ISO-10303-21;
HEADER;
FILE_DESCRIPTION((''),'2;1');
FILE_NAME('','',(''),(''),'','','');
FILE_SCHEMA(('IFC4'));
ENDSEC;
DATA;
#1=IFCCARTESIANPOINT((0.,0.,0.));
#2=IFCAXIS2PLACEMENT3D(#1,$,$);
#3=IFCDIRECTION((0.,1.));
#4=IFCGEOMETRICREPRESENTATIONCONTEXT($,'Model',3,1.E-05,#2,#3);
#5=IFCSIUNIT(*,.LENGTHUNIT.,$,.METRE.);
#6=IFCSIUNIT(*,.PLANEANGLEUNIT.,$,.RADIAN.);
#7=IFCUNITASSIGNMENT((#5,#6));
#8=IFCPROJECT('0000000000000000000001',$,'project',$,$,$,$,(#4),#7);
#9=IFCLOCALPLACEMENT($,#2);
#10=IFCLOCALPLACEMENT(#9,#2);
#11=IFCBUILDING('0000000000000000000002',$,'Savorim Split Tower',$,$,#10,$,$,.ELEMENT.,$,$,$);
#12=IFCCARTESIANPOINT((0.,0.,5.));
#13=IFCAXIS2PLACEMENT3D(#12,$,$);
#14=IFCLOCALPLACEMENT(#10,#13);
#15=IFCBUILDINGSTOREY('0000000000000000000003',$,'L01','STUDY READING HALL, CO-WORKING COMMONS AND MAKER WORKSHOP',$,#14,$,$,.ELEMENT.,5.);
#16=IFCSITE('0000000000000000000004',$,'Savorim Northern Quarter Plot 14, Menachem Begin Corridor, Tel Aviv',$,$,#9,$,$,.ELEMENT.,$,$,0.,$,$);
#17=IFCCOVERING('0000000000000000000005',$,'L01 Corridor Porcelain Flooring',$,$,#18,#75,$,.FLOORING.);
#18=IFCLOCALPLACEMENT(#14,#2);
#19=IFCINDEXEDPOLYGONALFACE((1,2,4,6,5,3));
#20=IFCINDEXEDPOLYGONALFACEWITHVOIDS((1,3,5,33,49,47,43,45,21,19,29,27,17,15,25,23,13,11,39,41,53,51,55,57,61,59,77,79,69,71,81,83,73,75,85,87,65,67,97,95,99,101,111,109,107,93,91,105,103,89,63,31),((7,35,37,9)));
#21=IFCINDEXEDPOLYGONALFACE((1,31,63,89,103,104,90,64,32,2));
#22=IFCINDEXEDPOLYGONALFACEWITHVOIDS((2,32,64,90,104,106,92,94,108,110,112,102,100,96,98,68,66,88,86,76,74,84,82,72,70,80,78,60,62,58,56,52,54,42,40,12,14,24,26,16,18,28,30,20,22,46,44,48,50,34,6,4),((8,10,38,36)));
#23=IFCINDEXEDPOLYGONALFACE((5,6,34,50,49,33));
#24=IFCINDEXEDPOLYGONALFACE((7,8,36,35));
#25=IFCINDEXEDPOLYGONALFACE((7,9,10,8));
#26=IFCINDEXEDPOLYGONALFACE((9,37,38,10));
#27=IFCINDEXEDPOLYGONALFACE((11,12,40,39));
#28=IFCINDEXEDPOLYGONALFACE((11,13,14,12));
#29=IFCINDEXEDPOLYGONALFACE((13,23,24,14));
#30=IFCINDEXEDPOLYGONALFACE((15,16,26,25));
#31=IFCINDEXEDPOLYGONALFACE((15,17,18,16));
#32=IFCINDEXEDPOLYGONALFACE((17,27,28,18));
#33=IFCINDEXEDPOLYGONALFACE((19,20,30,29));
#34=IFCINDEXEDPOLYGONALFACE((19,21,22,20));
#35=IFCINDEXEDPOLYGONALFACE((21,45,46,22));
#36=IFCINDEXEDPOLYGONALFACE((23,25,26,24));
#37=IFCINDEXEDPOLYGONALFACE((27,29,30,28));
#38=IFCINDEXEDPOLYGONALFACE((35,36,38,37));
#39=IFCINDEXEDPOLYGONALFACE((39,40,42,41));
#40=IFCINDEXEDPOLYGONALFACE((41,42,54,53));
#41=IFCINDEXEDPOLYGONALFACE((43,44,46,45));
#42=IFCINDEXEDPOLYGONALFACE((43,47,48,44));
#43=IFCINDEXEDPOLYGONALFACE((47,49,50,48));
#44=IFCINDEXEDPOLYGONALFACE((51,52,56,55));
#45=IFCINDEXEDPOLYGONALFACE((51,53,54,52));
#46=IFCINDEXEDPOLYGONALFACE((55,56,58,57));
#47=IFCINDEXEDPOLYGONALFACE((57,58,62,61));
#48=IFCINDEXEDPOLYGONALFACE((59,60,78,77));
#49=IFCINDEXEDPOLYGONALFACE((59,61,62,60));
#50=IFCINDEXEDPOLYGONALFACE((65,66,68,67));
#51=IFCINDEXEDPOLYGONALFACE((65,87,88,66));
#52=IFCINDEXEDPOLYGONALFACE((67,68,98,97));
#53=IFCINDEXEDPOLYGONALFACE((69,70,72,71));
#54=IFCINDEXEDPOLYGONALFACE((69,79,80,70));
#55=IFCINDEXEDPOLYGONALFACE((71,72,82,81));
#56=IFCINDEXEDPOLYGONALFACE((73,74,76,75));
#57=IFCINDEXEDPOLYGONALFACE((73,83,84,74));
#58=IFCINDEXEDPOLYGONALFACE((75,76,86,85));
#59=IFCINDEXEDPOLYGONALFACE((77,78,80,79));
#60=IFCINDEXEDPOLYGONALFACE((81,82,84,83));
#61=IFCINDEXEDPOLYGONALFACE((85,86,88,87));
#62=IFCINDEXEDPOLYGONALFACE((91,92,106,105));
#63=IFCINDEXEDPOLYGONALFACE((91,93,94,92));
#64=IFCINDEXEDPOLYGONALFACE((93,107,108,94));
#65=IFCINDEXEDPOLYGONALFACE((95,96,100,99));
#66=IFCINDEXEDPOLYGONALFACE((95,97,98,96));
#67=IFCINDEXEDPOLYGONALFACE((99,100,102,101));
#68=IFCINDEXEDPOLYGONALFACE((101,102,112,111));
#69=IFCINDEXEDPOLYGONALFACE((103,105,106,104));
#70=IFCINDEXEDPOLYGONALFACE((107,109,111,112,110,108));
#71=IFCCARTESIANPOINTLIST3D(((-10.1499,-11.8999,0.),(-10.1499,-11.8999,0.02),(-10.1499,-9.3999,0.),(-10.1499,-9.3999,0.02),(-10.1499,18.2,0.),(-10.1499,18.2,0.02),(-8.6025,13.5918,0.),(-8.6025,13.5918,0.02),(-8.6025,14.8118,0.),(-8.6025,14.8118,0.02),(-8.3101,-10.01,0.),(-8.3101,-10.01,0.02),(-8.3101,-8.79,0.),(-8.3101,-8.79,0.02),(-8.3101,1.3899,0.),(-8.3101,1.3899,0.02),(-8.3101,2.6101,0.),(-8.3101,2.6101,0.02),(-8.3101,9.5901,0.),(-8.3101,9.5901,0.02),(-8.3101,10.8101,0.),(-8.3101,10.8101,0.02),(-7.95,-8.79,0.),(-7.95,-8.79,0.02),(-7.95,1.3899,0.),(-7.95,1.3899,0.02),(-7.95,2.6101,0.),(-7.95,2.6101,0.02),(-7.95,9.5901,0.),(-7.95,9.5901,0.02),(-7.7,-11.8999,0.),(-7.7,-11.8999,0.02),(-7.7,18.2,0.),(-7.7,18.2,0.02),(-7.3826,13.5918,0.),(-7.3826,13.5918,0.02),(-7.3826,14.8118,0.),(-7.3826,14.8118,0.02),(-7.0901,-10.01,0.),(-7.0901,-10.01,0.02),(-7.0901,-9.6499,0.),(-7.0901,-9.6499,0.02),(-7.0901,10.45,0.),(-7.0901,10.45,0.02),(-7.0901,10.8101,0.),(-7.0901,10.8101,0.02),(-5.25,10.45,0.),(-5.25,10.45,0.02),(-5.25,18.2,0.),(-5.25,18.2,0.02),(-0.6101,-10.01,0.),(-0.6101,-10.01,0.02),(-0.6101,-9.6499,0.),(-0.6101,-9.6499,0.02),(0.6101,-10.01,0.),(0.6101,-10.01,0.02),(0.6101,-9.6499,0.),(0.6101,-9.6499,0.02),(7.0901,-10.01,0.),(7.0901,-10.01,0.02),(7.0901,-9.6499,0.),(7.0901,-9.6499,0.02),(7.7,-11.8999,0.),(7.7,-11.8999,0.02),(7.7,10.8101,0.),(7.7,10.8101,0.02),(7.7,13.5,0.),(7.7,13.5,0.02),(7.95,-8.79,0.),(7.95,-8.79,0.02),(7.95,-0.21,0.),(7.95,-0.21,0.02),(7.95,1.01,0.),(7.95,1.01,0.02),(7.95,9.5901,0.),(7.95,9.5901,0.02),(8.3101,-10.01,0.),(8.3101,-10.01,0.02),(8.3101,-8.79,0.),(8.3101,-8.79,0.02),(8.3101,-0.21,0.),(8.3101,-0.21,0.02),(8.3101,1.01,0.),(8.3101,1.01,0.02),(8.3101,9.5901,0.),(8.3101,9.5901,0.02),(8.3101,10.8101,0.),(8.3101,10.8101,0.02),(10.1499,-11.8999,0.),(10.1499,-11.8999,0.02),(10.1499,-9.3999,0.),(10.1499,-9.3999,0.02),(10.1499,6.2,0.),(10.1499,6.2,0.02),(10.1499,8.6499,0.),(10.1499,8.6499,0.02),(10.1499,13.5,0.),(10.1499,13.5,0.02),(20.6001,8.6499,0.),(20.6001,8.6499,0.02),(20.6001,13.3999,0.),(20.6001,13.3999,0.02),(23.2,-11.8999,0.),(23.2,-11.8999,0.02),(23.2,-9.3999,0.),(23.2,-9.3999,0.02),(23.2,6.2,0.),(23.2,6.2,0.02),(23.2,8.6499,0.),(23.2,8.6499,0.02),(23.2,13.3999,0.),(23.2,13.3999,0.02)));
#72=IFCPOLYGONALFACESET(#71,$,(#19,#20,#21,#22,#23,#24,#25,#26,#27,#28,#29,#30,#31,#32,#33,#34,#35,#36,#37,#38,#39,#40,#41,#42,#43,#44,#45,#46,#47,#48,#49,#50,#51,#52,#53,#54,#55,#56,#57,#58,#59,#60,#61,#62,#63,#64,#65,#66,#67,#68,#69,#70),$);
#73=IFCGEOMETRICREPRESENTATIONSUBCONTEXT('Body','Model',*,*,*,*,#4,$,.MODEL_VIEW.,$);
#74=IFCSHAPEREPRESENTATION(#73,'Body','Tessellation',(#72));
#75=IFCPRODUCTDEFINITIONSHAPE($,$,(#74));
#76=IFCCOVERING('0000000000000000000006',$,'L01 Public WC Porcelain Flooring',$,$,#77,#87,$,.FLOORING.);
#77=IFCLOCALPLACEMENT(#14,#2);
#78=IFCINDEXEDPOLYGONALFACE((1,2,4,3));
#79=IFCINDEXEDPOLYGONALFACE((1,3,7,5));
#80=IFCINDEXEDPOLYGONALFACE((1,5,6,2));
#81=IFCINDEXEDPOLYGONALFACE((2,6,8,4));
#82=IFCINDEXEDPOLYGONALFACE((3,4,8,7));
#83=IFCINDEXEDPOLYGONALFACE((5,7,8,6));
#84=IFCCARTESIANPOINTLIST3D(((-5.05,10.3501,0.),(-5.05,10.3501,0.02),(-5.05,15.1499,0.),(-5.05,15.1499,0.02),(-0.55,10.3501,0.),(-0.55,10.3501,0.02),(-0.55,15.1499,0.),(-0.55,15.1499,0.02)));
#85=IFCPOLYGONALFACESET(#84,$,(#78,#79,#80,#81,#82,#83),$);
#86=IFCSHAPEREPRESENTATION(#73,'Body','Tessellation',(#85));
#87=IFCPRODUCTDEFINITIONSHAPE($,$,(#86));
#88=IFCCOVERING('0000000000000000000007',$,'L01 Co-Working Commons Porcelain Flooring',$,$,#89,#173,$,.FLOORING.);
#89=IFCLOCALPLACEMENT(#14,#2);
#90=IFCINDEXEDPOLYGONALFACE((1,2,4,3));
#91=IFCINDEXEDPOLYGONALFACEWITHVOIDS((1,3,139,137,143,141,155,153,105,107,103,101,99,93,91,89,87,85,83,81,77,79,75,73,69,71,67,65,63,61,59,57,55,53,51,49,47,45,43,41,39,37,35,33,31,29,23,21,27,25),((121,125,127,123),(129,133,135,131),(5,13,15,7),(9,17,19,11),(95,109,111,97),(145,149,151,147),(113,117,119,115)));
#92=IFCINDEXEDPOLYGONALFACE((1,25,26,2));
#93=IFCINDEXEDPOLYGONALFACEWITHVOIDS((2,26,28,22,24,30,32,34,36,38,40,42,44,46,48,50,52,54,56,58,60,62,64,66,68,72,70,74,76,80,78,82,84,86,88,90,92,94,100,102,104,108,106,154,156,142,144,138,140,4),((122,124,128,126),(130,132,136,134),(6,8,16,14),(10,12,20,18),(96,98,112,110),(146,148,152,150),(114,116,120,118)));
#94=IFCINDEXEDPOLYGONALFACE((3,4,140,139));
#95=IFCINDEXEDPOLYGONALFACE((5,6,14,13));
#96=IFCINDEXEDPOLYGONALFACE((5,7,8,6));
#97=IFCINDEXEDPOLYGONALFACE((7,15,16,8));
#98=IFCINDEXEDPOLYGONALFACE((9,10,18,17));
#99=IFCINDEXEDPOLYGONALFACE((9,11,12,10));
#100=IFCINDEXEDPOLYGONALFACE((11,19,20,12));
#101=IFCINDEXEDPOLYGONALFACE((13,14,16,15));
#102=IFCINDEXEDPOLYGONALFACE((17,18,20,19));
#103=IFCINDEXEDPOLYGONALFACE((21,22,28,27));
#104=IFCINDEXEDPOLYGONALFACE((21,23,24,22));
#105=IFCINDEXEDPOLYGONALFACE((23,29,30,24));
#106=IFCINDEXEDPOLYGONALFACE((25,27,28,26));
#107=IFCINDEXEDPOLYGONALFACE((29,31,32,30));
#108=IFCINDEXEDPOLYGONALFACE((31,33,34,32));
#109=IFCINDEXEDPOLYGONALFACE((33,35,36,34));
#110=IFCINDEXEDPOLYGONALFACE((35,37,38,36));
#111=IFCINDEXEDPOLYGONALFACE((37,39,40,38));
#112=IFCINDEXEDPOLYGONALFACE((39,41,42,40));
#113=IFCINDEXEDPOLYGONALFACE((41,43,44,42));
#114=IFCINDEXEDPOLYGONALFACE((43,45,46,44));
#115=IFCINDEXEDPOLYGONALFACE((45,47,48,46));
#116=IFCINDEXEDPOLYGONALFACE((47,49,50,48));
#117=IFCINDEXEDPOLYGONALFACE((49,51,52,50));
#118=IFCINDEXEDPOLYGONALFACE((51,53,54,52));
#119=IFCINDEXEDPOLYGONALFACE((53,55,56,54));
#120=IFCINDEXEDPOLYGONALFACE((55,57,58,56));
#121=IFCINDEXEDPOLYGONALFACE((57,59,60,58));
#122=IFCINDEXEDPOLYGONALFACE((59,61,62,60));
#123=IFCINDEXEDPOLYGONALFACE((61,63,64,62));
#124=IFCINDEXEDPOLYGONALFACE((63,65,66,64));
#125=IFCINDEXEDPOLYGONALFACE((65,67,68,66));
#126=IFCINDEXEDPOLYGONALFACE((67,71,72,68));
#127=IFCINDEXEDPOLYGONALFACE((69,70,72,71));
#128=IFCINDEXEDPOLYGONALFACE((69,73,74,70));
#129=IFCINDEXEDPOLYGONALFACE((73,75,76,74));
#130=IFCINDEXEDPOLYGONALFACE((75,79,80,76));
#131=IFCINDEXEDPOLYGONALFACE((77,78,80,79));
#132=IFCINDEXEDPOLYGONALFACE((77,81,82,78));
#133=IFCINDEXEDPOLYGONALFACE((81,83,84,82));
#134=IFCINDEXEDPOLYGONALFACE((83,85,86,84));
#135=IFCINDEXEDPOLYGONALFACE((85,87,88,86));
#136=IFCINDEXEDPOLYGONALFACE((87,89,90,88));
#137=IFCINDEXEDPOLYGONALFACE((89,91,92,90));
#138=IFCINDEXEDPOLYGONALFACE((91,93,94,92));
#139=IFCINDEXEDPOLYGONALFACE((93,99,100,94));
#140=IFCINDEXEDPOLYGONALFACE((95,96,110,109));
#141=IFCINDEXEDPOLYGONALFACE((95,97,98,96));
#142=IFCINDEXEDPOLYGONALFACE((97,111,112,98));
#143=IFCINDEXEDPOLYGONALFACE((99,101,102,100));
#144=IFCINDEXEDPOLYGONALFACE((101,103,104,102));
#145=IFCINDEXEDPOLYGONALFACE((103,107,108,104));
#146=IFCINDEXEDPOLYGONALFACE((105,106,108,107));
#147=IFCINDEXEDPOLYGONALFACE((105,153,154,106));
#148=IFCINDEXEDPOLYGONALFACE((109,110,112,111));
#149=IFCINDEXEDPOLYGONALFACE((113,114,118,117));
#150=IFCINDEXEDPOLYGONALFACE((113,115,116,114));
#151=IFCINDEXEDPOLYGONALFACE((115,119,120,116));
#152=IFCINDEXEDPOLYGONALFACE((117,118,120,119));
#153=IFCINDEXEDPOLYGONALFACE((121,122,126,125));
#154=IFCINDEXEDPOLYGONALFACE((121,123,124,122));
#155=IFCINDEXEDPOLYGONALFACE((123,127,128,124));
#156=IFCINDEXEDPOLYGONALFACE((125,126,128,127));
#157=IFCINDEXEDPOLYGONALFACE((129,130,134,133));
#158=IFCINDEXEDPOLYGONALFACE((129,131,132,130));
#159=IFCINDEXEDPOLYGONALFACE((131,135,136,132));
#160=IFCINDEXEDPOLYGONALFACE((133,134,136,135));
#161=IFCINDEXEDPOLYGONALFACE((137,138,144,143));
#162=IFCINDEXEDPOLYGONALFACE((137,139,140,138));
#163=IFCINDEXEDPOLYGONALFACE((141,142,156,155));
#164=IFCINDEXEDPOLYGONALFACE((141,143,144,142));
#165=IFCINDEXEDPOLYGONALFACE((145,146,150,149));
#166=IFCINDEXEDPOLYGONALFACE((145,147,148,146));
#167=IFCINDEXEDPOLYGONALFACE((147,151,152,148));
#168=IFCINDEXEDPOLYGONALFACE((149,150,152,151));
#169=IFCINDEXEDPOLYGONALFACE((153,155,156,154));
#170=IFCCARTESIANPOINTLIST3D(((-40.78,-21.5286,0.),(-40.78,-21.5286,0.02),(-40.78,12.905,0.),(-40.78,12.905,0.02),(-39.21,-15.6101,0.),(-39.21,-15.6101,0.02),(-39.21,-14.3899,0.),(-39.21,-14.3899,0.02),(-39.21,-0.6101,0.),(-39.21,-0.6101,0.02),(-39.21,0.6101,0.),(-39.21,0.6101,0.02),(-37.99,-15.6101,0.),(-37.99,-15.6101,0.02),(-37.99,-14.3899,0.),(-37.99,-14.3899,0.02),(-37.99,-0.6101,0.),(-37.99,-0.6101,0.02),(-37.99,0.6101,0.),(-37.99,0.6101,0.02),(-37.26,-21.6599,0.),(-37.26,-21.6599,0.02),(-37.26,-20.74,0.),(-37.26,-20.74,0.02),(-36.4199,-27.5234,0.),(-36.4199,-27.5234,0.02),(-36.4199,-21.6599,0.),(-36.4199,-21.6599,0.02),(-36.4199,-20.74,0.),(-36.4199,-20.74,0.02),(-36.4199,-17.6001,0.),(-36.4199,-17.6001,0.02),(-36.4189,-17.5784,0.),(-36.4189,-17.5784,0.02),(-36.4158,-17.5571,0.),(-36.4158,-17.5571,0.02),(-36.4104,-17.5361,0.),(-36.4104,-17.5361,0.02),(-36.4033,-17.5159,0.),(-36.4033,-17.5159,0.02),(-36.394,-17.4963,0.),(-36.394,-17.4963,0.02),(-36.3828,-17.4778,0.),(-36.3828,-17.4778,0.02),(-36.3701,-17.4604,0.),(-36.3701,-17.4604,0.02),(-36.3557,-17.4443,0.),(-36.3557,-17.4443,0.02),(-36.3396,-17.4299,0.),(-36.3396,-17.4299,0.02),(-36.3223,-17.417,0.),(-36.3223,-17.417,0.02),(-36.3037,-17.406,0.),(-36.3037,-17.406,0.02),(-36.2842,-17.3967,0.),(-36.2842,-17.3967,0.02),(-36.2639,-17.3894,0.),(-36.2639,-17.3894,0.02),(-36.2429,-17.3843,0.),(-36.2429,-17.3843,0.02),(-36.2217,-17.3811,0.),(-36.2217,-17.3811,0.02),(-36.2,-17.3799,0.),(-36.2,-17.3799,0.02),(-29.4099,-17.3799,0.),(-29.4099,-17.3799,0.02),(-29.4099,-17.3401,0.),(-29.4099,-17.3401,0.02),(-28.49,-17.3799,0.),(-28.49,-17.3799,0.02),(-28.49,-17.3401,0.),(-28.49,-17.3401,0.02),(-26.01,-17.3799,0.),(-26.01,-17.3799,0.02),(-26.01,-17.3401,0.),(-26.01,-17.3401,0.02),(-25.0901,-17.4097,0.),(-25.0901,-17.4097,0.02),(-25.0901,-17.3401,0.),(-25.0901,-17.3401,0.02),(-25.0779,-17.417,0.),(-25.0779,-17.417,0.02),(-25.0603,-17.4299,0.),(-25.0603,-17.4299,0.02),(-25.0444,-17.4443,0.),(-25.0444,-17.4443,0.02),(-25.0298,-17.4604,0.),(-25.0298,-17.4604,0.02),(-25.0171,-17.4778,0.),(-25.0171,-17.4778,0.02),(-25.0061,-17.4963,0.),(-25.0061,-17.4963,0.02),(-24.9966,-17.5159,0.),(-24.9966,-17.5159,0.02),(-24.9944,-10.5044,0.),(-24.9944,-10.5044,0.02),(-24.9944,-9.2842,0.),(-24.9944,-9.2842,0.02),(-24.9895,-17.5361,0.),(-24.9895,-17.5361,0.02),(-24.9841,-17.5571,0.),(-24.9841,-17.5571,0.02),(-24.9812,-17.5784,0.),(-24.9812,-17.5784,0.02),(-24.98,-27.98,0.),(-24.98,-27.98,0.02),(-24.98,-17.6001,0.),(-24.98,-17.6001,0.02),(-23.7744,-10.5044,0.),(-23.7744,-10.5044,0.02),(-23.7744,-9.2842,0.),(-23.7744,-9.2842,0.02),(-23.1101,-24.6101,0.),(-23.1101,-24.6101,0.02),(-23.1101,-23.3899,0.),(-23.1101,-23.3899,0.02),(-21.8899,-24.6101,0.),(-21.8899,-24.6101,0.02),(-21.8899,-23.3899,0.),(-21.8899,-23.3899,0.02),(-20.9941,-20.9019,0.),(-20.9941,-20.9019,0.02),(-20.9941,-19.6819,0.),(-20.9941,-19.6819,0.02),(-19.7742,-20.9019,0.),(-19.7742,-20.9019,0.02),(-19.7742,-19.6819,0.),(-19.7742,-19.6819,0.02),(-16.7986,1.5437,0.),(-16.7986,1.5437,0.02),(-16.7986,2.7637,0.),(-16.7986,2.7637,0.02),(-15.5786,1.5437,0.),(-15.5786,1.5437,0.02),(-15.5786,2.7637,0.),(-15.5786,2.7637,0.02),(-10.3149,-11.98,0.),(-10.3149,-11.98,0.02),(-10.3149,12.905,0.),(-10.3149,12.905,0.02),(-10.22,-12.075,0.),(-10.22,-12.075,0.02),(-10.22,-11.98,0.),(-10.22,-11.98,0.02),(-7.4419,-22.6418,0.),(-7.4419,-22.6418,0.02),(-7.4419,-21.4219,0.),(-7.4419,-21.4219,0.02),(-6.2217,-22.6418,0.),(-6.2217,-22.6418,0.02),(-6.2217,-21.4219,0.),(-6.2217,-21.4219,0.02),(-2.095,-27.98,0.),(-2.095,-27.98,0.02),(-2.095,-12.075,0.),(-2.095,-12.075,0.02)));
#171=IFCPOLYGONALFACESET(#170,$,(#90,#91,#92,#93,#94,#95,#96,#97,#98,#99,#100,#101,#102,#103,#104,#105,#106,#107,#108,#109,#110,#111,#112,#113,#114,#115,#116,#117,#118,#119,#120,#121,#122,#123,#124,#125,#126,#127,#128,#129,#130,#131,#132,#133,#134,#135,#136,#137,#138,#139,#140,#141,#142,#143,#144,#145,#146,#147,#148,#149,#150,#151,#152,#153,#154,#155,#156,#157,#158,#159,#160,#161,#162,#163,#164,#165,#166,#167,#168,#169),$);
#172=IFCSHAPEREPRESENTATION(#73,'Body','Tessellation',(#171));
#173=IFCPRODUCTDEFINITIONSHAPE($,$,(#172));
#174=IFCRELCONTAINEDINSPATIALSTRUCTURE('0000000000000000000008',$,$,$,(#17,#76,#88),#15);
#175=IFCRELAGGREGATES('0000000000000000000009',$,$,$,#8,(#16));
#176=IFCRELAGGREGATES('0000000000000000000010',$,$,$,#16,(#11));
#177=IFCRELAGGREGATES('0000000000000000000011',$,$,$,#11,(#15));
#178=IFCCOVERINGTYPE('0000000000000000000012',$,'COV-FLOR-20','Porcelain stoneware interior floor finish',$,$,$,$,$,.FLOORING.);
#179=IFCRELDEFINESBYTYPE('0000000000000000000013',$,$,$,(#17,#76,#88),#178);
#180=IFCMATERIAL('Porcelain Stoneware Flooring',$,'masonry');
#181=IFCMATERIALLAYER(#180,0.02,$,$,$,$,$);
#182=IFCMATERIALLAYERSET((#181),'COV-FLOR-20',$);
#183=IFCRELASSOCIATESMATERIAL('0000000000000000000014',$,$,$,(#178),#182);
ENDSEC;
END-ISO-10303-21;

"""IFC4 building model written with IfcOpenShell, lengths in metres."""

from ifc_helpers import new_model, si_unit, direction, frame, origin, place, context, subcontext, project, spatial, polyline, outline, extrude, material, layer, layer_set, type_object, element, save


model = new_model("IFC4")

# Units and contexts
model_context = context("Model", 3, precision=1e-05, world=origin(), true_north=direction((0.0, 1.0)))
body_context = subcontext(model_context, "Body", "Model", "MODEL_VIEW")
ifc_project = project(units=[si_unit("LENGTHUNIT", "METRE"), si_unit("PLANEANGLEUNIT", "RADIAN")], contexts=[model_context])

# Site, building, storey
site_placement = place(None, origin())
site = spatial("IfcSite", under=ifc_project, at=site_placement, Name="Savorim Northern Quarter Plot 14, Menachem Begin Corridor, Tel Aviv", CompositionType="ELEMENT", RefElevation=0.0)
building_placement = place(site_placement, origin())
building = spatial("IfcBuilding", under=site, at=building_placement, Name="Savorim Split Tower", CompositionType="ELEMENT")
storey_placement = place(building_placement, frame((0.0, 0.0, 5.0)))
storey = spatial("IfcBuildingStorey", under=building, at=storey_placement, Name="L01", Description="STUDY READING HALL, CO-WORKING COMMONS AND MAKER WORKSHOP", CompositionType="ELEMENT", Elevation=5.0)

# Coverings
ifc_material_1 = material(Name="Porcelain Stoneware Flooring", Category="masonry")
ifc_layer_1 = layer(ifc_material_1, 0.02)
ifc_layer_set_1 = layer_set([ifc_layer_1], Name="COV-FLOR-20")
covering_type_1 = type_object("IfcCoveringType", Name="COV-FLOR-20", Description="Porcelain stoneware interior floor finish", PredefinedType="FLOORING", material=ifc_layer_set_1)
covering_1_placement = place(storey_placement, origin())
element("IfcCovering", 1, at=covering_1_placement, inside=storey, type_object=covering_type_1, Name="L01 Corridor Porcelain Flooring", PredefinedType="FLOORING", context=body_context, shape_type="SweptSolid", body=[
    extrude(outline(polyline([(-7.7, 18.2), (-10.1499, 18.2), (-10.1499, -9.3999), (-10.1499, -11.8999), (-7.7, -11.8999), (7.7, -11.8999), (10.1499, -11.8999), (23.2, -11.8999), (23.2, -9.3999), (10.1499, -9.3999), (10.1499, 6.2), (23.2, 6.2), (23.2, 8.6499), (23.2, 13.3999), (20.6001, 13.3999), (20.6001, 8.6499), (10.1499, 8.6499), (10.1499, 13.5), (7.7, 13.5), (7.7, 10.8101), (8.3101, 10.8101), (8.3101, 9.5901), (7.95, 9.5901), (7.95, 1.01), (8.3101, 1.01), (8.3101, -0.21), (7.95, -0.21), (7.95, -8.79), (8.3101, -8.79), (8.3101, -10.01), (7.0901, -10.01), (7.0901, -9.6499), (0.6101, -9.6499), (0.6101, -10.01), (-0.6101, -10.01), (-0.6101, -9.6499), (-7.0901, -9.6499), (-7.0901, -10.01), (-8.3101, -10.01), (-8.3101, -8.79), (-7.95, -8.79), (-7.95, 1.3899), (-8.3101, 1.3899), (-8.3101, 2.6101), (-7.95, 2.6101), (-7.95, 9.5901), (-8.3101, 9.5901), (-8.3101, 10.8101), (-7.0901, 10.8101), (-7.0901, 10.45), (-5.25, 10.45), (-5.25, 18.2), (-7.7, 18.2)]), holes=[polyline([(-8.6025, 13.5918), (-7.3826, 13.5918), (-7.3826, 14.8118), (-8.6025, 14.8118), (-8.6025, 13.5918)])]), origin(), (0.0, 0.0, 1.0), 0.02),
])
covering_2_placement = place(storey_placement, origin())
element("IfcCovering", 2, at=covering_2_placement, inside=storey, type_object=covering_type_1, Name="L01 Public WC Porcelain Flooring", PredefinedType="FLOORING", context=body_context, shape_type="SweptSolid", body=[
    extrude(outline(polyline([(-5.05, 15.1499), (-5.05, 10.3501), (-0.55, 10.3501), (-0.55, 15.1499), (-5.05, 15.1499)])), origin(), (0.0, 0.0, 1.0), 0.02),
])
covering_3_placement = place(storey_placement, origin())
element("IfcCovering", 3, at=covering_3_placement, inside=storey, type_object=covering_type_1, Name="L01 Co-Working Commons Porcelain Flooring", PredefinedType="FLOORING", context=body_context, shape_type="SweptSolid", body=[
    extrude(outline(polyline([(-10.3149, 12.905), (-40.78, 12.905), (-40.78, -21.5286), (-36.4199, -27.5234), (-36.4199, -21.6599), (-37.26, -21.6599), (-37.26, -20.74), (-36.4199, -20.74), (-36.4199, -17.6001), (-36.4189, -17.5784), (-36.4158, -17.5571), (-36.4104, -17.5361), (-36.4033, -17.5159), (-36.394, -17.4963), (-36.3828, -17.4778), (-36.3701, -17.4604), (-36.3557, -17.4443), (-36.3396, -17.4299), (-36.3223, -17.417), (-36.3037, -17.406), (-36.2842, -17.3967), (-36.2639, -17.3894), (-36.2429, -17.3843), (-36.2217, -17.3811), (-36.2, -17.3799), (-29.4099, -17.3799), (-29.4099, -17.3401), (-28.49, -17.3401), (-28.49, -17.3799), (-26.01, -17.3799), (-26.01, -17.3401), (-25.0901, -17.3401), (-25.0901, -17.4097), (-25.0779, -17.417), (-25.0603, -17.4299), (-25.0444, -17.4443), (-25.0298, -17.4604), (-25.0171, -17.4778), (-25.0061, -17.4963), (-24.9966, -17.5159), (-24.9895, -17.5361), (-24.9841, -17.5571), (-24.9812, -17.5784), (-24.98, -17.6001), (-24.98, -27.98), (-2.095, -27.98), (-2.095, -12.075), (-10.22, -12.075), (-10.22, -11.98), (-10.3149, -11.98), (-10.3149, 12.905)]), holes=[polyline([(-37.99, 0.6101), (-39.21, 0.6101), (-39.21, -0.6101), (-37.99, -0.6101), (-37.99, 0.6101)]), polyline([(-39.21, -14.3899), (-39.21, -15.6101), (-37.99, -15.6101), (-37.99, -14.3899), (-39.21, -14.3899)]), polyline([(-23.1101, -24.6101), (-21.8899, -24.6101), (-21.8899, -23.3899), (-23.1101, -23.3899), (-23.1101, -24.6101)]), polyline([(-19.7742, -20.9019), (-19.7742, -19.6819), (-20.9941, -19.6819), (-20.9941, -20.9019), (-19.7742, -20.9019)]), polyline([(-6.2217, -21.4219), (-7.4419, -21.4219), (-7.4419, -22.6418), (-6.2217, -22.6418), (-6.2217, -21.4219)]), polyline([(-15.5786, 1.5437), (-15.5786, 2.7637), (-16.7986, 2.7637), (-16.7986, 1.5437), (-15.5786, 1.5437)]), polyline([(-23.7744, -9.2842), (-24.9944, -9.2842), (-24.9944, -10.5044), (-23.7744, -10.5044), (-23.7744, -9.2842)])]), origin(), (0.0, 0.0, 1.0), 0.02),
])

save(model, "model.ifc")
